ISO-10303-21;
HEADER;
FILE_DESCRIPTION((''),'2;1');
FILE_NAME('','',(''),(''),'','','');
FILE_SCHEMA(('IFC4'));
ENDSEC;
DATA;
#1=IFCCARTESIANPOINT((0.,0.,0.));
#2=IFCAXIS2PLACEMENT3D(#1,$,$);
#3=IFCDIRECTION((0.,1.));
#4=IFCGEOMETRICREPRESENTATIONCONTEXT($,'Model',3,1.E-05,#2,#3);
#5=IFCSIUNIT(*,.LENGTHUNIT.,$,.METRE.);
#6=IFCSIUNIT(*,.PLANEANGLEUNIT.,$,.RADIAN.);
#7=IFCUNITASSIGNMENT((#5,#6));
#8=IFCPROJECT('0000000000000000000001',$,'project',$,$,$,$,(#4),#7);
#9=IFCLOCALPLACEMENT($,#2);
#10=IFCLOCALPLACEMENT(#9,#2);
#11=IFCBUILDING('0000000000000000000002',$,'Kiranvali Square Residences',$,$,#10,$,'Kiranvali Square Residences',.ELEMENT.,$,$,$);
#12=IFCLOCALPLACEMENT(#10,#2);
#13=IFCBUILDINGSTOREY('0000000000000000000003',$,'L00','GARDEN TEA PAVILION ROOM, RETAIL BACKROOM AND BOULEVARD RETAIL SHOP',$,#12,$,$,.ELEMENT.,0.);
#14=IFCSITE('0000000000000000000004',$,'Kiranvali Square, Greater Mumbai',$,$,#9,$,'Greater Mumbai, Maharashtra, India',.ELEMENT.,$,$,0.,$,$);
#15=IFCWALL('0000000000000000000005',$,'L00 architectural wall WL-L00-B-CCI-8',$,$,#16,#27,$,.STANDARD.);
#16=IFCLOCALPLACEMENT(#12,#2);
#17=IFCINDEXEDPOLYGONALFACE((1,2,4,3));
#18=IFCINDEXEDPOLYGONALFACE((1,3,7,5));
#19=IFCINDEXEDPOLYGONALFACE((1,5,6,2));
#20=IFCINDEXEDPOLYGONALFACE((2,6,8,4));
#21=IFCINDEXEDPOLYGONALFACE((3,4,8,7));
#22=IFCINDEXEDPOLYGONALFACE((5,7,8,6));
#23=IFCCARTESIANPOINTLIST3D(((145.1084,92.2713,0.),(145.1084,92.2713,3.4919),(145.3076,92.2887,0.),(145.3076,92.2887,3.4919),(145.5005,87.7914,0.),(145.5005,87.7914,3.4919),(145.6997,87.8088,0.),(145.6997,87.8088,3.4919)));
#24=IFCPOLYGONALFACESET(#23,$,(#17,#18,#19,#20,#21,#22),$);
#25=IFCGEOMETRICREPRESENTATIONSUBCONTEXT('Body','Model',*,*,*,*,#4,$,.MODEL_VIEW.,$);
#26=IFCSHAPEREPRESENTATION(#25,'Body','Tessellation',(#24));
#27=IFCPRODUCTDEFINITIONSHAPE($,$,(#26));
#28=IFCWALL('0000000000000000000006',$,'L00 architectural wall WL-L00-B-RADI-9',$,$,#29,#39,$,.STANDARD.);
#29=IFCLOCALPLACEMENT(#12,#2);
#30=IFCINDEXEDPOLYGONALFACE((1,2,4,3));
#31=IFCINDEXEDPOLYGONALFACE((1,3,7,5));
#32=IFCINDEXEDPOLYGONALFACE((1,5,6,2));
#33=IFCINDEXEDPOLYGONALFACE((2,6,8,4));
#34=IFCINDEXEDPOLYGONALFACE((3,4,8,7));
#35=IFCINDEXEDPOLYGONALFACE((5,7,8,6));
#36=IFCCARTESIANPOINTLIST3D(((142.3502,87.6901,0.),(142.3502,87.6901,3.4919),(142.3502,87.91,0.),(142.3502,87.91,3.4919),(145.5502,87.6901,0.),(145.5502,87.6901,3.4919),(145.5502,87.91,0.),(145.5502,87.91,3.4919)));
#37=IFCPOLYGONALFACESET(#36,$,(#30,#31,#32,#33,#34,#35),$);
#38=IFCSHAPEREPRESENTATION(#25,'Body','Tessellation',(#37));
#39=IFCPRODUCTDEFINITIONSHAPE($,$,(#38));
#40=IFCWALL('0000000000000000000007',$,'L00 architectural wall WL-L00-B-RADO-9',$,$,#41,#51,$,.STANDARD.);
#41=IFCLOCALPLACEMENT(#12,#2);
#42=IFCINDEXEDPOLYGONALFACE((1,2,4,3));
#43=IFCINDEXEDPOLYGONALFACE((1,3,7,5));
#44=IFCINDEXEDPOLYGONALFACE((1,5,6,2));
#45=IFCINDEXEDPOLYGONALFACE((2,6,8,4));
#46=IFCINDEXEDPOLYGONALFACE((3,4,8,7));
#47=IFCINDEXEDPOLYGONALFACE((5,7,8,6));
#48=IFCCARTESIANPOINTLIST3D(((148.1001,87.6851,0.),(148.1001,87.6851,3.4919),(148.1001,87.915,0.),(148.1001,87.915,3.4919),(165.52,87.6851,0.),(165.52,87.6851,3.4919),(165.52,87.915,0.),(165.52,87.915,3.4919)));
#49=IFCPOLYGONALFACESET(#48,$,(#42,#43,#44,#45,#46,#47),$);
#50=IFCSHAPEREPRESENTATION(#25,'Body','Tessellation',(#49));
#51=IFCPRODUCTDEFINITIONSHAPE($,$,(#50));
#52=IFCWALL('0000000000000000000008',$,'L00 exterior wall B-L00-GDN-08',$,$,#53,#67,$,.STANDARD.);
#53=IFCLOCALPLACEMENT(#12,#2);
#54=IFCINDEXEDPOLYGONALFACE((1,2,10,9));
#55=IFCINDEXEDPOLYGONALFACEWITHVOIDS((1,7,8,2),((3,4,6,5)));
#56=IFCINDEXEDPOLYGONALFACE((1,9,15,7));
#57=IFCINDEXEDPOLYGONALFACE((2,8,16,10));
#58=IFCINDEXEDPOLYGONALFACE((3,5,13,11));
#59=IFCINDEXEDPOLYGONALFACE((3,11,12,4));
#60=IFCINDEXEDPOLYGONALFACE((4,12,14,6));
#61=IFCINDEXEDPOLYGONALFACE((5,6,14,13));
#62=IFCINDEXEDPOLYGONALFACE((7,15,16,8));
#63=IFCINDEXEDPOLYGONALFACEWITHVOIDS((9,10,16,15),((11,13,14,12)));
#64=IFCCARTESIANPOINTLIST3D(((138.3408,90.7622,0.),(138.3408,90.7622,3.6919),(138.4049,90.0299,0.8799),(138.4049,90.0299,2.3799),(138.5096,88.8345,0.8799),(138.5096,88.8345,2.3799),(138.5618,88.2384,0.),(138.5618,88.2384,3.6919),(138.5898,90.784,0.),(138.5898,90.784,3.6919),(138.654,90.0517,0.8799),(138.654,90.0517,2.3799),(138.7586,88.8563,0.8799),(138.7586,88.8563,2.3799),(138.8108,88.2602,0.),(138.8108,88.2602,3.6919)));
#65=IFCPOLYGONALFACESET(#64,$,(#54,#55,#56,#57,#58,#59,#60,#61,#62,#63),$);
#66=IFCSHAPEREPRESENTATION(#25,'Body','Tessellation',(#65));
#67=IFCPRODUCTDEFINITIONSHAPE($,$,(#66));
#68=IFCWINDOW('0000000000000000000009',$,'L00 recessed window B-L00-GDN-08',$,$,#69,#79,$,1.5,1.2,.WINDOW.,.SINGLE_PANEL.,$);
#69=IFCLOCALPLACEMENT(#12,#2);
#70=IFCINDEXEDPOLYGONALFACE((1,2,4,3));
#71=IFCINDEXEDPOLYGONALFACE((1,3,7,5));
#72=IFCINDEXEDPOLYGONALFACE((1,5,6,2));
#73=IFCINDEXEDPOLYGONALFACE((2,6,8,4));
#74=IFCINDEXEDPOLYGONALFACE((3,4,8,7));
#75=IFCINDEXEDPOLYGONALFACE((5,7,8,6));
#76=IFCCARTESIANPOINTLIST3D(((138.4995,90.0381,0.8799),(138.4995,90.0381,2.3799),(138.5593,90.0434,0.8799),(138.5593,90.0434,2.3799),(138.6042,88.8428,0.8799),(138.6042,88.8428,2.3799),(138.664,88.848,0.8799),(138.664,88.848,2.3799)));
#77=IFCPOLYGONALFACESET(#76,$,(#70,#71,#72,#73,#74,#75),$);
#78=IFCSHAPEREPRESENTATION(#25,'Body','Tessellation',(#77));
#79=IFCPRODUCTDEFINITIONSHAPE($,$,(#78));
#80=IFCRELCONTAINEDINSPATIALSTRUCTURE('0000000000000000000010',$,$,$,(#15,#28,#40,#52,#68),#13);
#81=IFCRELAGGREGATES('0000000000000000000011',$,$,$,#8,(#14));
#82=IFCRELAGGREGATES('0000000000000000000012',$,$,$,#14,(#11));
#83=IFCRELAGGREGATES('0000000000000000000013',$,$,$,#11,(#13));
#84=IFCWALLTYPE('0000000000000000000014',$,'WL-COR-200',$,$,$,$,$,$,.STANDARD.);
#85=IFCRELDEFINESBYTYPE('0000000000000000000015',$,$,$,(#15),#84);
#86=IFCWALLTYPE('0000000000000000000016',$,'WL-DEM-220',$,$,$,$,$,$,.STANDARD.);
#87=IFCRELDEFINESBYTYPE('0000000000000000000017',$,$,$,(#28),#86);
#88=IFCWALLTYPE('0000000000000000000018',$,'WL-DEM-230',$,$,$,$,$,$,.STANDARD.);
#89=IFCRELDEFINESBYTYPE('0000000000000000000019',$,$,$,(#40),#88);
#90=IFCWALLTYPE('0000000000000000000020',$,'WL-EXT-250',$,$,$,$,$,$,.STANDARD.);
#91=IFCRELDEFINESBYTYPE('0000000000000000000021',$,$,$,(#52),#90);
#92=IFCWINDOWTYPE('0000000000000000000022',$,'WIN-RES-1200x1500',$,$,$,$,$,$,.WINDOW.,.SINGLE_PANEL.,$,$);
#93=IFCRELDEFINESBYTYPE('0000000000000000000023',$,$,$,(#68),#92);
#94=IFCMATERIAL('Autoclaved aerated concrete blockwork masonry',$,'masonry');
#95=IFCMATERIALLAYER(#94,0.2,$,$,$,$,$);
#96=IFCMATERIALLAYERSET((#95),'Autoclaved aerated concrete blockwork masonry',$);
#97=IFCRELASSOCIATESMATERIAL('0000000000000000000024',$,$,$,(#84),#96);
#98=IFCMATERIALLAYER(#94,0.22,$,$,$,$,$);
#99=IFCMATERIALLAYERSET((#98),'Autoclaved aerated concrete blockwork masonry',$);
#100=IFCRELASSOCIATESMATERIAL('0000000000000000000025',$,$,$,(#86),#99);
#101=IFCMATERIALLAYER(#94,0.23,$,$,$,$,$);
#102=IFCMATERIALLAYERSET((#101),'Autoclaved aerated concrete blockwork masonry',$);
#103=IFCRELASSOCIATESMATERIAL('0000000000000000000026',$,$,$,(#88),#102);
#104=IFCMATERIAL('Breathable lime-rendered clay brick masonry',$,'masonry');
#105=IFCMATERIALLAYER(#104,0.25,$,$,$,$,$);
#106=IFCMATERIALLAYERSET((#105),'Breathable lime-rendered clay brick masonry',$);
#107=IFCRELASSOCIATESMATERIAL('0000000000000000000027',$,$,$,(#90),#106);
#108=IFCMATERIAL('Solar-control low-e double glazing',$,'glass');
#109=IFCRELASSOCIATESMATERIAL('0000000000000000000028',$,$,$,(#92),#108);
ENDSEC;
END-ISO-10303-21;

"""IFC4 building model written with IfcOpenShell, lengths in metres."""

from ifc_helpers import new_model, si_unit, direction, frame, frame_2d, origin, place, context, subcontext, project, spatial, rectangle, extrude, material, layer, layer_set, type_object, element, fill, save


model = new_model("IFC4")

# Units and contexts
model_context = context("Model", 3, precision=1e-05, world=origin(), true_north=direction((0.0, 1.0)))
body_context = subcontext(model_context, "Body", "Model", "MODEL_VIEW")
ifc_project = project(units=[si_unit("LENGTHUNIT", "METRE"), si_unit("PLANEANGLEUNIT", "RADIAN")], contexts=[model_context])

# Site, building, storey
site_placement = place(None, origin())
site = spatial("IfcSite", under=ifc_project, at=site_placement, Name="Kiranvali Square, Greater Mumbai", LongName="Greater Mumbai, Maharashtra, India", CompositionType="ELEMENT", RefElevation=0.0)
building_placement = place(site_placement, origin())
building = spatial("IfcBuilding", under=site, at=building_placement, Name="Kiranvali Square Residences", LongName="Kiranvali Square Residences", CompositionType="ELEMENT")
storey_placement = place(building_placement, origin())
storey = spatial("IfcBuildingStorey", under=building, at=storey_placement, Name="L00", Description="GARDEN TEA PAVILION ROOM, RETAIL BACKROOM AND BOULEVARD RETAIL SHOP", CompositionType="ELEMENT", Elevation=0.0)

# Walls
ifc_material_1 = material(Name="Autoclaved aerated concrete blockwork masonry", Category="masonry")
ifc_layer_1 = layer(ifc_material_1, 0.2)
ifc_layer_set_1 = layer_set([ifc_layer_1], Name="Autoclaved aerated concrete blockwork masonry")
wall_type_1 = type_object("IfcWallType", Name="WL-COR-200", PredefinedType="STANDARD", material=ifc_layer_set_1)
wall_1_placement = place(storey_placement, frame((145.208, 92.28, 0.0), z_axis=(0.0, 0.0, 1.0), x_axis=(0.087187, -0.996192, 0.0)))
element("IfcWall", 1, at=wall_1_placement, inside=storey, type_object=wall_type_1, Name="L00 architectural wall WL-L00-B-CCI-8", PredefinedType="STANDARD", context=body_context, shape_type="SweptSolid", body=[
    extrude(rectangle(XDim=4.4971, YDim=0.2, at=frame_2d((2.2485, 0.0))), origin(), (0.0, 0.0, 1.0), 3.4919),
])
ifc_layer_2 = layer(ifc_material_1, 0.22)
ifc_layer_set_2 = layer_set([ifc_layer_2], Name="Autoclaved aerated concrete blockwork masonry")
wall_type_2 = type_object("IfcWallType", Name="WL-DEM-220", PredefinedType="STANDARD", material=ifc_layer_set_2)
wall_2_placement = place(storey_placement, frame((142.3501, 87.8, 0.0), z_axis=(0.0, 0.0, 1.0), x_axis=(1.0, 0.0, 0.0)))
element("IfcWall", 2, at=wall_2_placement, inside=storey, type_object=wall_type_2, Name="L00 architectural wall WL-L00-B-RADI-9", PredefinedType="STANDARD", context=body_context, shape_type="SweptSolid", body=[
    extrude(rectangle(XDim=3.2, YDim=0.22, at=frame_2d((1.6001, 0.0))), origin(), (0.0, 0.0, 1.0), 3.4919),
])
ifc_layer_3 = layer(ifc_material_1, 0.23)
ifc_layer_set_3 = layer_set([ifc_layer_3], Name="Autoclaved aerated concrete blockwork masonry")
wall_type_3 = type_object("IfcWallType", Name="WL-DEM-230", PredefinedType="STANDARD", material=ifc_layer_set_3)
wall_3_placement = place(storey_placement, frame((148.1001, 87.8, 0.0), z_axis=(0.0, 0.0, 1.0), x_axis=(1.0, 0.0, 0.0)))
element("IfcWall", 3, at=wall_3_placement, inside=storey, type_object=wall_type_3, Name="L00 architectural wall WL-L00-B-RADO-9", PredefinedType="STANDARD", context=body_context, shape_type="SweptSolid", body=[
    extrude(rectangle(XDim=17.4199, YDim=0.23, at=frame_2d((8.71, 0.0))), origin(), (0.0, 0.0, 1.0), 3.4919),
])

# Wall, opening, window
ifc_material_2 = material(Name="Breathable lime-rendered clay brick masonry", Category="masonry")
ifc_layer_4 = layer(ifc_material_2, 0.25)
ifc_layer_set_4 = layer_set([ifc_layer_4], Name="Breathable lime-rendered clay brick masonry")
wall_type_4 = type_object("IfcWallType", Name="WL-EXT-250", PredefinedType="STANDARD", material=ifc_layer_set_4)
wall_4_placement = place(storey_placement, frame((138.4653, 90.7729, 0.0), z_axis=(0.0, 0.0, 1.0), x_axis=(0.087216, -0.996189, 0.0)))
wall_4 = element("IfcWall", 4, at=wall_4_placement, inside=storey, type_object=wall_type_4, Name="L00 exterior wall B-L00-GDN-08", PredefinedType="STANDARD", context=body_context, shape_type="SweptSolid", body=[
    extrude(rectangle(XDim=2.5334, YDim=0.25, at=frame_2d((1.2666, 0.0))), origin(), (0.0, 0.0, 1.0), 3.6919),
])
opening_placement = place(wall_4_placement, frame((0.7349, 0.0, 0.8799)))
opening = element("IfcOpeningElement", 5, at=opening_placement, cuts=wall_4, PredefinedType="OPENING", context=body_context, shape_type="SweptSolid", body=[
    extrude(rectangle(XDim=1.2, YDim=1.5, at=frame_2d((0.6001, 0.75))), frame((0.0, 0.135, 0.0), z_axis=(0.0, -1.0, 0.0), x_axis=(1.0, 0.0, 0.0)), (0.0, 0.0, 1.0), 0.27),
])
ifc_material_3 = material(Name="Solar-control low-e double glazing", Category="glass")
window_type = type_object("IfcWindowType", Name="WIN-RES-1200x1500", PartitioningType="SINGLE_PANEL", PredefinedType="WINDOW", material=ifc_material_3)
window_placement = place(opening_placement, origin())
window = element("IfcWindow", 6, at=window_placement, inside=storey, type_object=window_type, Name="L00 recessed window B-L00-GDN-08", OverallHeight=1.5, OverallWidth=1.2, PartitioningType="SINGLE_PANEL", PredefinedType="WINDOW", context=body_context, shape_type="SweptSolid", body=[
    extrude(rectangle(XDim=1.2, YDim=1.5, at=frame_2d((0.6001, 0.75))), frame((0.0, 0.03, 0.0), z_axis=(0.0, -1.0, 0.0), x_axis=(1.0, 0.0, 0.0)), (0.0, 0.0, 1.0), 0.0601),
])
fill(opening, window)

save(model, "model.ifc")
